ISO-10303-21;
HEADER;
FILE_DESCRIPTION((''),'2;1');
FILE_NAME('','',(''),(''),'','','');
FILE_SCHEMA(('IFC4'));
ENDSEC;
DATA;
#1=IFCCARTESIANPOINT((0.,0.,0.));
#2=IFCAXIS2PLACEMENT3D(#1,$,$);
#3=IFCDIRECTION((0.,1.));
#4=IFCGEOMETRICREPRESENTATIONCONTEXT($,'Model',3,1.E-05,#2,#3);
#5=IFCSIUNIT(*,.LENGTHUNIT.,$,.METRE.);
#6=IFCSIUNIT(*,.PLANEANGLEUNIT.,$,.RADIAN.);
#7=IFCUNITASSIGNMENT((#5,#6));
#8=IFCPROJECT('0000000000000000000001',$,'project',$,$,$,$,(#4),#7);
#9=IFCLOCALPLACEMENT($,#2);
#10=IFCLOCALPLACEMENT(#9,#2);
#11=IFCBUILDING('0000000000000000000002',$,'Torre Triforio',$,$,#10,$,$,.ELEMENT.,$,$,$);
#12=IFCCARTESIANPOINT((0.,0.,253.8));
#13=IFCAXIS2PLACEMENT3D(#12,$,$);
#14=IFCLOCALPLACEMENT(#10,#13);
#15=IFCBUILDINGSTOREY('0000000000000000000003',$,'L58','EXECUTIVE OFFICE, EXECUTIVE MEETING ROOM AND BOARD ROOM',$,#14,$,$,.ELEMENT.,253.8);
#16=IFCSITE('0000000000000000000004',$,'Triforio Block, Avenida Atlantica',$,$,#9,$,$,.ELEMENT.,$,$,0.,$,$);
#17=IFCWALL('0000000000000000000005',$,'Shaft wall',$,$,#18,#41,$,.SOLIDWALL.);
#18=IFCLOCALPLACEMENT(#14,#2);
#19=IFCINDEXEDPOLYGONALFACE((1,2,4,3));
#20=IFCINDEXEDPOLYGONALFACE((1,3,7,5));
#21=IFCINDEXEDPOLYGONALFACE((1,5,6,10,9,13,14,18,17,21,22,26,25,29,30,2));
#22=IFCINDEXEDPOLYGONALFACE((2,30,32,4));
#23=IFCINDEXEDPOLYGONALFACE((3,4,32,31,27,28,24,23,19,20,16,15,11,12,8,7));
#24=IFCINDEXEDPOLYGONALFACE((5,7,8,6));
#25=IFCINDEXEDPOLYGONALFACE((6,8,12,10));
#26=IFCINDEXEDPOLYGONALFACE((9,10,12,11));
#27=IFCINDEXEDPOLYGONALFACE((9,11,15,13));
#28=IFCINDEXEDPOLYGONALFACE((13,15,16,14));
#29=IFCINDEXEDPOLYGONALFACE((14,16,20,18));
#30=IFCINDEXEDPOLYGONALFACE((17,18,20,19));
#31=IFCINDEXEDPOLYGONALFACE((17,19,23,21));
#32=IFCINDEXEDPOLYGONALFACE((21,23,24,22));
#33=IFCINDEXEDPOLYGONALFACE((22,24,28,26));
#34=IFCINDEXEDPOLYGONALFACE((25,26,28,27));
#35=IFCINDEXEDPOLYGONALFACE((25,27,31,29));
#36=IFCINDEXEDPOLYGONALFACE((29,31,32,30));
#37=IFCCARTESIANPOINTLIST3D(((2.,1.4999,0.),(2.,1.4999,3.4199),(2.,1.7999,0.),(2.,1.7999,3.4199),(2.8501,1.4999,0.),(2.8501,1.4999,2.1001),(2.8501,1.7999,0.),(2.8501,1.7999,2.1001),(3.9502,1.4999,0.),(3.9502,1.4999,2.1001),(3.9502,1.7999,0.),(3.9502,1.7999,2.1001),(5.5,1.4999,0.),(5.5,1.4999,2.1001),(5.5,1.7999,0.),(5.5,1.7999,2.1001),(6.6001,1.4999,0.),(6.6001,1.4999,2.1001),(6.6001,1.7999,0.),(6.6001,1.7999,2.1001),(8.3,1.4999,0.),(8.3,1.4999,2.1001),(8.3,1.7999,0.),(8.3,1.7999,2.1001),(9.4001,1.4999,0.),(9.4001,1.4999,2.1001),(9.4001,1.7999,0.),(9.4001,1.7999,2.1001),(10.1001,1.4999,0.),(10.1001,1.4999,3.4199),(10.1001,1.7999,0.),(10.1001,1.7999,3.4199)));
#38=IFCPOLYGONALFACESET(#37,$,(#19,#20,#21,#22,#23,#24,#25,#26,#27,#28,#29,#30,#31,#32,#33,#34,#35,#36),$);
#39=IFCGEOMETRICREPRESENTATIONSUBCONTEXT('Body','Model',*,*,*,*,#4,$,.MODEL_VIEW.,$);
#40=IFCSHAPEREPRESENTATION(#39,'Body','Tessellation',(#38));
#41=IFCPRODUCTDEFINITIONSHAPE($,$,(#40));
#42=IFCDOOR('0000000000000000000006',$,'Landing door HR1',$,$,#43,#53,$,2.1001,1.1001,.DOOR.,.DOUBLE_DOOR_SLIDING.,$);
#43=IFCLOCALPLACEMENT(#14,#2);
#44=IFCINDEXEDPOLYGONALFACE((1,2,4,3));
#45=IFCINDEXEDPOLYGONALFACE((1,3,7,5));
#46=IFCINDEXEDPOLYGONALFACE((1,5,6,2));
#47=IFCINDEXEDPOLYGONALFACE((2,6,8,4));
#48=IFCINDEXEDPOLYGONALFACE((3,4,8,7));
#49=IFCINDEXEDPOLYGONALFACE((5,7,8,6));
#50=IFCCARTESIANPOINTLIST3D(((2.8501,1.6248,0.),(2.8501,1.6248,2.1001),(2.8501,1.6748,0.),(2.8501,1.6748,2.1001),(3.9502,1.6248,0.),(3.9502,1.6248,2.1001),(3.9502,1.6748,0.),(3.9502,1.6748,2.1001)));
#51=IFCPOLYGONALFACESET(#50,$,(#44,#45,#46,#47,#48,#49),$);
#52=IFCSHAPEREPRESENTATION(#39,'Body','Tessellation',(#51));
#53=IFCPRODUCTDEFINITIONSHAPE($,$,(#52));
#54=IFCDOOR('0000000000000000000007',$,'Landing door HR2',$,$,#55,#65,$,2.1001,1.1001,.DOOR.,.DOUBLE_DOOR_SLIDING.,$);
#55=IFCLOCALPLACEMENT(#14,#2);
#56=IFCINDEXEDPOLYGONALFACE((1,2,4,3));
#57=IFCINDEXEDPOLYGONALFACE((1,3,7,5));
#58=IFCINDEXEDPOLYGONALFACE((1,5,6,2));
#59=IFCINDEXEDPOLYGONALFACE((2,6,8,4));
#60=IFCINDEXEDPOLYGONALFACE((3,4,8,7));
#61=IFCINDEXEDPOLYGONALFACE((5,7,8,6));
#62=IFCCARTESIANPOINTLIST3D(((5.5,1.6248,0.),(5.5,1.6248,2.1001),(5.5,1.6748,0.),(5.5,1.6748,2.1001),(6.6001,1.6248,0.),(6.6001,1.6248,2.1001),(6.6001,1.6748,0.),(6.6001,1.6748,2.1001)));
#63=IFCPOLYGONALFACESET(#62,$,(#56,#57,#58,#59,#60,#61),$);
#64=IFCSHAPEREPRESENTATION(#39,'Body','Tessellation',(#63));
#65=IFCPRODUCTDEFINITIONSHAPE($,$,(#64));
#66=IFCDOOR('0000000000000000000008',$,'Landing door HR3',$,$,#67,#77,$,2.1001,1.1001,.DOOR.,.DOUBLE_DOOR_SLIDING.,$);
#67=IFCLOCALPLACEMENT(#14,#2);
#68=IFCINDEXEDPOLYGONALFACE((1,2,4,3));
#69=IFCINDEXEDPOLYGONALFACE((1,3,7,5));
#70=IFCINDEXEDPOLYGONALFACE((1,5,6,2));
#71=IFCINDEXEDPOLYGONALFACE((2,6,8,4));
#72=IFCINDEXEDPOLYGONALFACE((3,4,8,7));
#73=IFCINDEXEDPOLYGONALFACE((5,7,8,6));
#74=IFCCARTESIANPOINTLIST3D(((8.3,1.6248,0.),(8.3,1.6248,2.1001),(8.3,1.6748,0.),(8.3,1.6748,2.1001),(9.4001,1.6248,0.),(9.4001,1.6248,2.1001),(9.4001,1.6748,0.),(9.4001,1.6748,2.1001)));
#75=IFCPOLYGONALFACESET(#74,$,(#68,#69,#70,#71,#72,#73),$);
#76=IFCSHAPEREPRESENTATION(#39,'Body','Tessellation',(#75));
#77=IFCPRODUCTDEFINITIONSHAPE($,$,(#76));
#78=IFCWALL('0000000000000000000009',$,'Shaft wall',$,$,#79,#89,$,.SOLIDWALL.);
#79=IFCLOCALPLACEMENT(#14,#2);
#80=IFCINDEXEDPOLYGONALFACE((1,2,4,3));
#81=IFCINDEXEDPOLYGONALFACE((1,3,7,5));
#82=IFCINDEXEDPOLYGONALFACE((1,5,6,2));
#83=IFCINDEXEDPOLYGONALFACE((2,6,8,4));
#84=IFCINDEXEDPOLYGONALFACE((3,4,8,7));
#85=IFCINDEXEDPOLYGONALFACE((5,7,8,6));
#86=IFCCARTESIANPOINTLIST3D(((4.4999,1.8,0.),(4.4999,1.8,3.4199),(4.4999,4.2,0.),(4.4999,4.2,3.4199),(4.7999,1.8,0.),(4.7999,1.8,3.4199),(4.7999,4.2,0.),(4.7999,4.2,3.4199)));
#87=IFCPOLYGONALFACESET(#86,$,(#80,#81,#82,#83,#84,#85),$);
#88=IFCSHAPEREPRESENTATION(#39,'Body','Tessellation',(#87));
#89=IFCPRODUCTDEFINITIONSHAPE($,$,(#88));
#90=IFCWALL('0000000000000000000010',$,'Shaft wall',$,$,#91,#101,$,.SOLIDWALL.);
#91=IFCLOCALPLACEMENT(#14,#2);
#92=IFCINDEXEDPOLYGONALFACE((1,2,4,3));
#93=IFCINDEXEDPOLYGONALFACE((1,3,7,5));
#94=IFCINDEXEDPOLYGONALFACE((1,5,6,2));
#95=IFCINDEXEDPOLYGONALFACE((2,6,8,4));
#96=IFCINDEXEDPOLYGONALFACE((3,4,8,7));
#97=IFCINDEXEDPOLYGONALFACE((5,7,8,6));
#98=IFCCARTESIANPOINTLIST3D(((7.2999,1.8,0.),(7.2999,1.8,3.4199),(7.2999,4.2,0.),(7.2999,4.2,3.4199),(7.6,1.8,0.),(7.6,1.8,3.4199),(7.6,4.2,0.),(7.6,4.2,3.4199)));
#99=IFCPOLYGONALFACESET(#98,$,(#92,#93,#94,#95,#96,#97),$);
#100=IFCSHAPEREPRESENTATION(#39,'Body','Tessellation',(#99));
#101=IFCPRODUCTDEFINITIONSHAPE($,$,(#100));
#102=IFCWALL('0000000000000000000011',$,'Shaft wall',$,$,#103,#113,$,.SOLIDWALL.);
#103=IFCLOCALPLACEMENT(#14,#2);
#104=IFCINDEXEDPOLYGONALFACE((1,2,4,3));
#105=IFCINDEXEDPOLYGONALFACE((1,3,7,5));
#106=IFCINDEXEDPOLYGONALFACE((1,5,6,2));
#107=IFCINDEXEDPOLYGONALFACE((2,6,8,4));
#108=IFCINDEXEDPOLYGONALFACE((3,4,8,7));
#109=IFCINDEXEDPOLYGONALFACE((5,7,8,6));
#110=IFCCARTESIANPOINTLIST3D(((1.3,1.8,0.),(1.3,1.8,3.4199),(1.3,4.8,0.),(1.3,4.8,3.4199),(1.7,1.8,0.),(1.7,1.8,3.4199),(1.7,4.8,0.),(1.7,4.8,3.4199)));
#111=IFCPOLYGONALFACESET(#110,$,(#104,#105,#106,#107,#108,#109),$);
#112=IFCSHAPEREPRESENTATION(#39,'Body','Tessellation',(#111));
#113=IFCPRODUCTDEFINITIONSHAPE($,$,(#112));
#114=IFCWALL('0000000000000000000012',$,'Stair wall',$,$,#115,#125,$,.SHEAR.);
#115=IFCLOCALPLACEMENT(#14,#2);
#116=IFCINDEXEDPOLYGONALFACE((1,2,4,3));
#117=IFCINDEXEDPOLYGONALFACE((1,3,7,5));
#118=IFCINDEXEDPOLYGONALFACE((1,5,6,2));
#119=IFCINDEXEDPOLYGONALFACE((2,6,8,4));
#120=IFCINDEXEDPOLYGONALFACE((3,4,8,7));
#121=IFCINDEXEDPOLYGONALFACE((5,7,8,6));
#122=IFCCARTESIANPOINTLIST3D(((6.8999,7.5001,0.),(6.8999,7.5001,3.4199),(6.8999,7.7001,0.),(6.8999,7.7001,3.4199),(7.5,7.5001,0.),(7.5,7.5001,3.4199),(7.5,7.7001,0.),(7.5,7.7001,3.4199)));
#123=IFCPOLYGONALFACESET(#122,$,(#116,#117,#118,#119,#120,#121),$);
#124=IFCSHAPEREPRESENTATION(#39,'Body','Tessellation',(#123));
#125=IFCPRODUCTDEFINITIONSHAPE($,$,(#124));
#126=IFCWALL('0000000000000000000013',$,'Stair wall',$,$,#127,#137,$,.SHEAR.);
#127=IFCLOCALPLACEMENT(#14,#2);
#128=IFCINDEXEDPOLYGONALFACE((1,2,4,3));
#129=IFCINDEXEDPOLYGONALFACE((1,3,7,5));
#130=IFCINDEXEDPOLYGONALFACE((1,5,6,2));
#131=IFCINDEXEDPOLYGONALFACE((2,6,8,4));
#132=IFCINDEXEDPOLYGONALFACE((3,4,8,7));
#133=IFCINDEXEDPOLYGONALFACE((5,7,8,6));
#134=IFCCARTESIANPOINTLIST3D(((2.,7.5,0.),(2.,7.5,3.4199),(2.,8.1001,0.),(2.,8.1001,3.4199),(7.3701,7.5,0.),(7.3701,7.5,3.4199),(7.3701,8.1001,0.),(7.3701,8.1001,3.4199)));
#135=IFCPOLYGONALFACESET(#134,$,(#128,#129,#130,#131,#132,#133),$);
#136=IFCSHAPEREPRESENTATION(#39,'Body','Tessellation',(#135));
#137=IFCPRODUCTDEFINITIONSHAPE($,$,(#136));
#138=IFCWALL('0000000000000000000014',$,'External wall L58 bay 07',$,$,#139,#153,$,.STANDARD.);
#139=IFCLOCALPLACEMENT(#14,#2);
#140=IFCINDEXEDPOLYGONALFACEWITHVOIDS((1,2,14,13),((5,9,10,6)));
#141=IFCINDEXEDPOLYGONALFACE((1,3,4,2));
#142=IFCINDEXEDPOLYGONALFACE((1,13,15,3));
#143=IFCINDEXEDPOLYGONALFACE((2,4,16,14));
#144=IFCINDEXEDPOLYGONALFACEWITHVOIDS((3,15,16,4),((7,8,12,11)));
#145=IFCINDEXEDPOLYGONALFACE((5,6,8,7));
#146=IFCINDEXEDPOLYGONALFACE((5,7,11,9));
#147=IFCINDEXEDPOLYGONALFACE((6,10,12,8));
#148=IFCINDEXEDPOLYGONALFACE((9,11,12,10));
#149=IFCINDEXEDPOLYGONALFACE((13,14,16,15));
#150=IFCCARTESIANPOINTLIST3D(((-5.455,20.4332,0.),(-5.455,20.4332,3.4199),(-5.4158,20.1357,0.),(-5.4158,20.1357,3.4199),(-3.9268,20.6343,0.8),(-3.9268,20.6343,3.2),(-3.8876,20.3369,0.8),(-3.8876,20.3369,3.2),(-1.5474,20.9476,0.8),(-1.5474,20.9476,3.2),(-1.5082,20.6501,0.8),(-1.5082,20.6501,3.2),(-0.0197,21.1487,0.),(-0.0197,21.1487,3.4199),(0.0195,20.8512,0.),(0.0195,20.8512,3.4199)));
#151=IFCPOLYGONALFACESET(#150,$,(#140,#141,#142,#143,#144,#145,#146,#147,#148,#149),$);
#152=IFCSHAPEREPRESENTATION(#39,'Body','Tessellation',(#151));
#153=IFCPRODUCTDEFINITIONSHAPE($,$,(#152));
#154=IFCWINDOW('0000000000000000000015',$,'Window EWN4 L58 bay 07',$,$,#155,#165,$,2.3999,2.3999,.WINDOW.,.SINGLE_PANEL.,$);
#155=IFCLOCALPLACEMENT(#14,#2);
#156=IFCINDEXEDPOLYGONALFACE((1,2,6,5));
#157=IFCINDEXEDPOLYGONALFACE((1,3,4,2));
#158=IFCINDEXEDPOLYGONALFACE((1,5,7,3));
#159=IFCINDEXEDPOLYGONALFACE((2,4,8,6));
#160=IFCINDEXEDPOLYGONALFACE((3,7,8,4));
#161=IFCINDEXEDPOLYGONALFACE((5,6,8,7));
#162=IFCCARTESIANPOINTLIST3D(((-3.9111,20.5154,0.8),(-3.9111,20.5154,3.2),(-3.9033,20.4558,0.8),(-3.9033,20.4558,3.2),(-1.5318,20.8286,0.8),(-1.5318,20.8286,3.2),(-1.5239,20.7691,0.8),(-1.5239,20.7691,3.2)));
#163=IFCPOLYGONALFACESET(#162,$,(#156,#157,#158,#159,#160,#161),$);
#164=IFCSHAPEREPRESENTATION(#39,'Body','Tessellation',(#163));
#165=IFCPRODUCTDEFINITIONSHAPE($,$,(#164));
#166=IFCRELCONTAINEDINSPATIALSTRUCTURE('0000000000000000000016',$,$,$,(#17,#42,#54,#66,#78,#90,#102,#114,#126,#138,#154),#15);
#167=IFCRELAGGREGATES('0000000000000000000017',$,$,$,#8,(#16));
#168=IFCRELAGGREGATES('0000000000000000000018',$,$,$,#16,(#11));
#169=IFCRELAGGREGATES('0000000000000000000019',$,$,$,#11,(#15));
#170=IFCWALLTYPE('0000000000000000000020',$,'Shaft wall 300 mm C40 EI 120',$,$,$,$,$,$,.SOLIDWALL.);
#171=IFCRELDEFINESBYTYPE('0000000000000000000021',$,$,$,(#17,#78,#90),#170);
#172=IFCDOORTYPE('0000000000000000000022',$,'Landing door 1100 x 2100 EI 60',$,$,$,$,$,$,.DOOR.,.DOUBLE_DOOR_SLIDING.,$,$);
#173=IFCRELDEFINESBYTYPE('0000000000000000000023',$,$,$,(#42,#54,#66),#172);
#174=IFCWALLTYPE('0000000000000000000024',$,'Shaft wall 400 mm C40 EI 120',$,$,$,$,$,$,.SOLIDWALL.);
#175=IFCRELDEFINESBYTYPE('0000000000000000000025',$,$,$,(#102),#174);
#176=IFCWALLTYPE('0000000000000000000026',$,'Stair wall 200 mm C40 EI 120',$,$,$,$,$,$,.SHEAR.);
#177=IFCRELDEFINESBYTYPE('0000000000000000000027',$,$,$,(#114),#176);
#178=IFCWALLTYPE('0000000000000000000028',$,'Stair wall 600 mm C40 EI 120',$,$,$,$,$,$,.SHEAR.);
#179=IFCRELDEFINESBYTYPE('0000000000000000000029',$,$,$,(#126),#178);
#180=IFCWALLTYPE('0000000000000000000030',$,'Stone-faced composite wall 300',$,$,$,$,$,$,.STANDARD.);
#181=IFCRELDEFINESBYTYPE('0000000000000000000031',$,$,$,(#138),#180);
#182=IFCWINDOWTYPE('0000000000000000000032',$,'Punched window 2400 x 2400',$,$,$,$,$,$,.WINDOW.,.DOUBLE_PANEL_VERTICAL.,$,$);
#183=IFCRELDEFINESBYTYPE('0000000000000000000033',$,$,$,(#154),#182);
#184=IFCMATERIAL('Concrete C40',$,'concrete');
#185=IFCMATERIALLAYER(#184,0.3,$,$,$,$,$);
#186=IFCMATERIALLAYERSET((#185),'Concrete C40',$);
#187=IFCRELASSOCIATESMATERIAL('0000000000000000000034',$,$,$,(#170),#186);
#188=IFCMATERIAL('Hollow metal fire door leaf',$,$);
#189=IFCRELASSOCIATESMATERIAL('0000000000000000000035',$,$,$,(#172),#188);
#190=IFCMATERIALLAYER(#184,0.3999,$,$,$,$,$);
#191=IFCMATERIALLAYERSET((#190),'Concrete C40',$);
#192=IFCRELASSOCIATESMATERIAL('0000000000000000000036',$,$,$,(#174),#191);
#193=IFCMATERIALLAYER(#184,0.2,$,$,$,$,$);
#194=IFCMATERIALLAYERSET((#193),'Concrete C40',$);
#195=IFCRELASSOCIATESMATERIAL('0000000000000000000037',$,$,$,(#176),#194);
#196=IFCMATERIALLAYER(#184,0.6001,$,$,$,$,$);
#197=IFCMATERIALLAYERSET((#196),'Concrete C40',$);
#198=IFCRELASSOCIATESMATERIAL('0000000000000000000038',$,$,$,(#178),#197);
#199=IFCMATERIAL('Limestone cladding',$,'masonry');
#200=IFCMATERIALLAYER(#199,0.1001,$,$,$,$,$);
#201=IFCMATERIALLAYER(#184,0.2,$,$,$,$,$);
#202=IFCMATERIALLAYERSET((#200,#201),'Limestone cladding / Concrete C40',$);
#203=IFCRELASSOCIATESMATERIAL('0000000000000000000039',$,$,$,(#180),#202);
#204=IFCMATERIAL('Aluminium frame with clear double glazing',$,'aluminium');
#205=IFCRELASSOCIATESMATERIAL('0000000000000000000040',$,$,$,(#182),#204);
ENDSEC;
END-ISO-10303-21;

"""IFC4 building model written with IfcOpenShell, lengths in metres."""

from ifc_helpers import new_model, si_unit, direction, frame, frame_2d, origin, place, context, subcontext, project, spatial, rectangle, extrude, material, layer, layer_set, type_object, element, fill, save


model = new_model("IFC4")

# Units and contexts
model_context = context("Model", 3, precision=1e-05, world=origin(), true_north=direction((0.0, 1.0)))
body_context = subcontext(model_context, "Body", "Model", "MODEL_VIEW")
ifc_project = project(units=[si_unit("LENGTHUNIT", "METRE"), si_unit("PLANEANGLEUNIT", "RADIAN")], contexts=[model_context])

# Site, building, storey
site_placement = place(None, origin())
site = spatial("IfcSite", under=ifc_project, at=site_placement, Name="Triforio Block, Avenida Atlantica", CompositionType="ELEMENT", RefElevation=0.0)
building_placement = place(site_placement, origin())
building = spatial("IfcBuilding", under=site, at=building_placement, Name="Torre Triforio", CompositionType="ELEMENT")
storey_placement = place(building_placement, frame((0.0, 0.0, 253.8)))
storey = spatial("IfcBuildingStorey", under=building, at=storey_placement, Name="L58", Description="EXECUTIVE OFFICE, EXECUTIVE MEETING ROOM AND BOARD ROOM", CompositionType="ELEMENT", Elevation=253.8)

# Shared definitions
ifc_material_1 = material(Name="Concrete C40", Category="concrete")

# Shared definitions
ifc_material_2 = material(Name="Hollow metal fire door leaf")

# Shared definitions
ifc_layer_1 = layer(ifc_material_1, 0.3)
ifc_layer_set_1 = layer_set([ifc_layer_1], Name="Concrete C40")
wall_type_1 = type_object("IfcWallType", Name="Shaft wall 300 mm C40 EI 120", PredefinedType="SOLIDWALL", material=ifc_layer_set_1)

# Wall, openings, doors
wall_1_placement = place(storey_placement, frame((2.0, 1.6499, 0.0), z_axis=(0.0, 0.0, 1.0), x_axis=(1.0, 0.0, 0.0)))
wall_1 = element("IfcWall", 1, at=wall_1_placement, inside=storey, type_object=wall_type_1, Name="Shaft wall", PredefinedType="SOLIDWALL", context=body_context, shape_type="SweptSolid", body=[
    extrude(rectangle(XDim=8.1001, YDim=0.3, at=frame_2d((4.05, 0.0))), origin(), (0.0, 0.0, 1.0), 3.4199),
])
opening_1_placement = place(wall_1_placement, frame((0.8501, 0.0, 0.0)))
opening_1 = element("IfcOpeningElement", 2, at=opening_1_placement, cuts=wall_1, PredefinedType="OPENING", context=body_context, shape_type="SweptSolid", body=[
    extrude(rectangle(XDim=1.1001, YDim=2.1001, at=frame_2d((0.55, 1.05))), frame((0.0, 0.1599, 0.0), z_axis=(0.0, -1.0, 0.0), x_axis=(1.0, 0.0, 0.0)), (0.0, 0.0, 1.0), 0.3201),
])
opening_2_placement = place(wall_1_placement, frame((3.5, 0.0, 0.0)))
opening_2 = element("IfcOpeningElement", 3, at=opening_2_placement, cuts=wall_1, PredefinedType="OPENING", context=body_context, shape_type="SweptSolid", body=[
    extrude(rectangle(XDim=1.1001, YDim=2.1001, at=frame_2d((0.55, 1.05))), frame((0.0, 0.1599, 0.0), z_axis=(0.0, -1.0, 0.0), x_axis=(1.0, 0.0, 0.0)), (0.0, 0.0, 1.0), 0.3201),
])
opening_3_placement = place(wall_1_placement, frame((6.3, 0.0, 0.0)))
opening_3 = element("IfcOpeningElement", 4, at=opening_3_placement, cuts=wall_1, PredefinedType="OPENING", context=body_context, shape_type="SweptSolid", body=[
    extrude(rectangle(XDim=1.1001, YDim=2.1001, at=frame_2d((0.55, 1.05))), frame((0.0, 0.1599, 0.0), z_axis=(0.0, -1.0, 0.0), x_axis=(1.0, 0.0, 0.0)), (0.0, 0.0, 1.0), 0.3201),
])
door_type_1 = type_object("IfcDoorType", Name="Landing door 1100 x 2100 EI 60", OperationType="DOUBLE_DOOR_SLIDING", PredefinedType="DOOR", material=ifc_material_2)
door_1_placement = place(opening_1_placement, origin())
door_1 = element("IfcDoor", 5, at=door_1_placement, inside=storey, type_object=door_type_1, Name="Landing door HR1", OperationType="DOUBLE_DOOR_SLIDING", OverallHeight=2.1001, OverallWidth=1.1001, PredefinedType="DOOR", context=body_context, shape_type="SweptSolid", body=[
    extrude(rectangle(XDim=1.1001, YDim=2.1001, at=frame_2d((0.55, 1.05))), frame((0.0, 0.0249, 0.0), z_axis=(0.0, -1.0, 0.0), x_axis=(1.0, 0.0, 0.0)), (0.0, 0.0, 1.0), 0.05),
])
fill(opening_1, door_1)
door_2_placement = place(opening_2_placement, origin())
door_2 = element("IfcDoor", 6, at=door_2_placement, inside=storey, type_object=door_type_1, Name="Landing door HR2", OperationType="DOUBLE_DOOR_SLIDING", OverallHeight=2.1001, OverallWidth=1.1001, PredefinedType="DOOR", context=body_context, shape_type="SweptSolid", body=[
    extrude(rectangle(XDim=1.1001, YDim=2.1001, at=frame_2d((0.55, 1.05))), frame((0.0, 0.0249, 0.0), z_axis=(0.0, -1.0, 0.0), x_axis=(1.0, 0.0, 0.0)), (0.0, 0.0, 1.0), 0.05),
])
fill(opening_2, door_2)
door_3_placement = place(opening_3_placement, origin())
door_3 = element("IfcDoor", 7, at=door_3_placement, inside=storey, type_object=door_type_1, Name="Landing door HR3", OperationType="DOUBLE_DOOR_SLIDING", OverallHeight=2.1001, OverallWidth=1.1001, PredefinedType="DOOR", context=body_context, shape_type="SweptSolid", body=[
    extrude(rectangle(XDim=1.1001, YDim=2.1001, at=frame_2d((0.55, 1.05))), frame((0.0, 0.0249, 0.0), z_axis=(0.0, -1.0, 0.0), x_axis=(1.0, 0.0, 0.0)), (0.0, 0.0, 1.0), 0.05),
])
fill(opening_3, door_3)

# Walls
for number, where, z_axis, x_axis, name in (
    (8, (4.6499, 1.8, 0.0), (0.0, 0.0, 1.0), (0.0, 1.0, 0.0), "Shaft wall"),
    (9, (7.45, 1.8, 0.0), (0.0, 0.0, 1.0), (0.0, 1.0, 0.0), "Shaft wall"),
):
    element("IfcWall", number, at=place(storey_placement, frame(where, z_axis=z_axis, x_axis=x_axis)), inside=storey, type_object=wall_type_1, Name=name, PredefinedType="SOLIDWALL", context=body_context, shape_type="SweptSolid", body=[
        extrude(rectangle(XDim=2.3999, YDim=0.3, at=frame_2d((1.2, 0.0))), origin(), (0.0, 0.0, 1.0), 3.4199),
    ])
ifc_layer_2 = layer(ifc_material_1, 0.3999)
ifc_layer_set_2 = layer_set([ifc_layer_2], Name="Concrete C40")
wall_type_2 = type_object("IfcWallType", Name="Shaft wall 400 mm C40 EI 120", PredefinedType="SOLIDWALL", material=ifc_layer_set_2)
wall_2_placement = place(storey_placement, frame((1.5, 1.8, 0.0), z_axis=(0.0, 0.0, 1.0), x_axis=(0.0, 1.0, 0.0)))
element("IfcWall", 10, at=wall_2_placement, inside=storey, type_object=wall_type_2, Name="Shaft wall", PredefinedType="SOLIDWALL", context=body_context, shape_type="SweptSolid", body=[
    extrude(rectangle(XDim=3.0, YDim=0.3999, at=frame_2d((1.5, 0.0))), origin(), (0.0, 0.0, 1.0), 3.4199),
])
ifc_layer_3 = layer(ifc_material_1, 0.2)
ifc_layer_set_3 = layer_set([ifc_layer_3], Name="Concrete C40")
wall_type_3 = type_object("IfcWallType", Name="Stair wall 200 mm C40 EI 120", PredefinedType="SHEAR", material=ifc_layer_set_3)
wall_3_placement = place(storey_placement, frame((6.8999, 7.6001, 0.0), z_axis=(0.0, 0.0, 1.0), x_axis=(1.0, 0.0, 0.0)))
element("IfcWall", 11, at=wall_3_placement, inside=storey, type_object=wall_type_3, Name="Stair wall", PredefinedType="SHEAR", context=body_context, shape_type="SweptSolid", body=[
    extrude(rectangle(XDim=0.6001, YDim=0.2, at=frame_2d((0.3, 0.0))), origin(), (0.0, 0.0, 1.0), 3.4199),
])
ifc_layer_4 = layer(ifc_material_1, 0.6001)
ifc_layer_set_4 = layer_set([ifc_layer_4], Name="Concrete C40")
wall_type_4 = type_object("IfcWallType", Name="Stair wall 600 mm C40 EI 120", PredefinedType="SHEAR", material=ifc_layer_set_4)
wall_4_placement = place(storey_placement, frame((2.0, 7.8, 0.0), z_axis=(0.0, 0.0, 1.0), x_axis=(1.0, 0.0, 0.0)))
element("IfcWall", 12, at=wall_4_placement, inside=storey, type_object=wall_type_4, Name="Stair wall", PredefinedType="SHEAR", context=body_context, shape_type="SweptSolid", body=[
    extrude(rectangle(XDim=5.3701, YDim=0.6001, at=frame_2d((2.6851, 0.0))), origin(), (0.0, 0.0, 1.0), 3.4199),
])

# Shared definitions
ifc_material_3 = material(Name="Limestone cladding", Category="masonry")
ifc_layer_5 = layer(ifc_material_3, 0.1001)
ifc_layer_6 = layer(ifc_material_1, 0.2)
ifc_layer_set_5 = layer_set([ifc_layer_5, ifc_layer_6], Name="Limestone cladding / Concrete C40")
wall_type_5 = type_object("IfcWallType", Name="Stone-faced composite wall 300", PredefinedType="STANDARD", material=ifc_layer_set_5)
ifc_material_4 = material(Name="Aluminium frame with clear double glazing", Category="aluminium")

# Wall, opening, window
wall_5_placement = place(storey_placement, frame((0.0, 21.0, 0.0), z_axis=(0.0, 0.0, 1.0), x_axis=(-0.991445, -0.130527, 0.0)))
wall_5 = element("IfcWall", 13, at=wall_5_placement, inside=storey, type_object=wall_type_5, Name="External wall L58 bay 07", PredefinedType="STANDARD", context=body_context, shape_type="SweptSolid", body=[
    extrude(rectangle(XDim=5.4822, YDim=0.3, at=frame_2d((2.7412, 0.0))), origin(), (0.0, 0.0, 1.0), 3.4199),
])
opening_4_placement = place(wall_5_placement, frame((1.541, 0.0, 0.8)))
opening_4 = element("IfcOpeningElement", 14, at=opening_4_placement, cuts=wall_5, PredefinedType="OPENING", context=body_context, shape_type="SweptSolid", body=[
    extrude(rectangle(XDim=2.3999, YDim=2.3999, at=frame_2d((1.2, 1.2))), frame((0.0, 0.1599, 0.0), z_axis=(0.0, -1.0, 0.0), x_axis=(1.0, 0.0, 0.0)), (0.0, 0.0, 1.0), 0.3201),
])
window_type_1 = type_object("IfcWindowType", Name="Punched window 2400 x 2400", PartitioningType="DOUBLE_PANEL_VERTICAL", PredefinedType="WINDOW", material=ifc_material_4)
window_1_placement = place(opening_4_placement, origin())
window_1 = element("IfcWindow", 15, at=window_1_placement, inside=storey, type_object=window_type_1, Name="Window EWN4 L58 bay 07", OverallHeight=2.3999, OverallWidth=2.3999, PartitioningType="SINGLE_PANEL", PredefinedType="WINDOW", context=body_context, shape_type="SweptSolid", body=[
    extrude(rectangle(XDim=2.3999, YDim=2.3999, at=frame_2d((1.2, 1.2))), frame((0.0, 0.03, 0.0), z_axis=(0.0, -1.0, 0.0), x_axis=(1.0, 0.0, 0.0)), (0.0, 0.0, 1.0), 0.0601),
])
fill(opening_4, window_1)

save(model, "model.ifc")
